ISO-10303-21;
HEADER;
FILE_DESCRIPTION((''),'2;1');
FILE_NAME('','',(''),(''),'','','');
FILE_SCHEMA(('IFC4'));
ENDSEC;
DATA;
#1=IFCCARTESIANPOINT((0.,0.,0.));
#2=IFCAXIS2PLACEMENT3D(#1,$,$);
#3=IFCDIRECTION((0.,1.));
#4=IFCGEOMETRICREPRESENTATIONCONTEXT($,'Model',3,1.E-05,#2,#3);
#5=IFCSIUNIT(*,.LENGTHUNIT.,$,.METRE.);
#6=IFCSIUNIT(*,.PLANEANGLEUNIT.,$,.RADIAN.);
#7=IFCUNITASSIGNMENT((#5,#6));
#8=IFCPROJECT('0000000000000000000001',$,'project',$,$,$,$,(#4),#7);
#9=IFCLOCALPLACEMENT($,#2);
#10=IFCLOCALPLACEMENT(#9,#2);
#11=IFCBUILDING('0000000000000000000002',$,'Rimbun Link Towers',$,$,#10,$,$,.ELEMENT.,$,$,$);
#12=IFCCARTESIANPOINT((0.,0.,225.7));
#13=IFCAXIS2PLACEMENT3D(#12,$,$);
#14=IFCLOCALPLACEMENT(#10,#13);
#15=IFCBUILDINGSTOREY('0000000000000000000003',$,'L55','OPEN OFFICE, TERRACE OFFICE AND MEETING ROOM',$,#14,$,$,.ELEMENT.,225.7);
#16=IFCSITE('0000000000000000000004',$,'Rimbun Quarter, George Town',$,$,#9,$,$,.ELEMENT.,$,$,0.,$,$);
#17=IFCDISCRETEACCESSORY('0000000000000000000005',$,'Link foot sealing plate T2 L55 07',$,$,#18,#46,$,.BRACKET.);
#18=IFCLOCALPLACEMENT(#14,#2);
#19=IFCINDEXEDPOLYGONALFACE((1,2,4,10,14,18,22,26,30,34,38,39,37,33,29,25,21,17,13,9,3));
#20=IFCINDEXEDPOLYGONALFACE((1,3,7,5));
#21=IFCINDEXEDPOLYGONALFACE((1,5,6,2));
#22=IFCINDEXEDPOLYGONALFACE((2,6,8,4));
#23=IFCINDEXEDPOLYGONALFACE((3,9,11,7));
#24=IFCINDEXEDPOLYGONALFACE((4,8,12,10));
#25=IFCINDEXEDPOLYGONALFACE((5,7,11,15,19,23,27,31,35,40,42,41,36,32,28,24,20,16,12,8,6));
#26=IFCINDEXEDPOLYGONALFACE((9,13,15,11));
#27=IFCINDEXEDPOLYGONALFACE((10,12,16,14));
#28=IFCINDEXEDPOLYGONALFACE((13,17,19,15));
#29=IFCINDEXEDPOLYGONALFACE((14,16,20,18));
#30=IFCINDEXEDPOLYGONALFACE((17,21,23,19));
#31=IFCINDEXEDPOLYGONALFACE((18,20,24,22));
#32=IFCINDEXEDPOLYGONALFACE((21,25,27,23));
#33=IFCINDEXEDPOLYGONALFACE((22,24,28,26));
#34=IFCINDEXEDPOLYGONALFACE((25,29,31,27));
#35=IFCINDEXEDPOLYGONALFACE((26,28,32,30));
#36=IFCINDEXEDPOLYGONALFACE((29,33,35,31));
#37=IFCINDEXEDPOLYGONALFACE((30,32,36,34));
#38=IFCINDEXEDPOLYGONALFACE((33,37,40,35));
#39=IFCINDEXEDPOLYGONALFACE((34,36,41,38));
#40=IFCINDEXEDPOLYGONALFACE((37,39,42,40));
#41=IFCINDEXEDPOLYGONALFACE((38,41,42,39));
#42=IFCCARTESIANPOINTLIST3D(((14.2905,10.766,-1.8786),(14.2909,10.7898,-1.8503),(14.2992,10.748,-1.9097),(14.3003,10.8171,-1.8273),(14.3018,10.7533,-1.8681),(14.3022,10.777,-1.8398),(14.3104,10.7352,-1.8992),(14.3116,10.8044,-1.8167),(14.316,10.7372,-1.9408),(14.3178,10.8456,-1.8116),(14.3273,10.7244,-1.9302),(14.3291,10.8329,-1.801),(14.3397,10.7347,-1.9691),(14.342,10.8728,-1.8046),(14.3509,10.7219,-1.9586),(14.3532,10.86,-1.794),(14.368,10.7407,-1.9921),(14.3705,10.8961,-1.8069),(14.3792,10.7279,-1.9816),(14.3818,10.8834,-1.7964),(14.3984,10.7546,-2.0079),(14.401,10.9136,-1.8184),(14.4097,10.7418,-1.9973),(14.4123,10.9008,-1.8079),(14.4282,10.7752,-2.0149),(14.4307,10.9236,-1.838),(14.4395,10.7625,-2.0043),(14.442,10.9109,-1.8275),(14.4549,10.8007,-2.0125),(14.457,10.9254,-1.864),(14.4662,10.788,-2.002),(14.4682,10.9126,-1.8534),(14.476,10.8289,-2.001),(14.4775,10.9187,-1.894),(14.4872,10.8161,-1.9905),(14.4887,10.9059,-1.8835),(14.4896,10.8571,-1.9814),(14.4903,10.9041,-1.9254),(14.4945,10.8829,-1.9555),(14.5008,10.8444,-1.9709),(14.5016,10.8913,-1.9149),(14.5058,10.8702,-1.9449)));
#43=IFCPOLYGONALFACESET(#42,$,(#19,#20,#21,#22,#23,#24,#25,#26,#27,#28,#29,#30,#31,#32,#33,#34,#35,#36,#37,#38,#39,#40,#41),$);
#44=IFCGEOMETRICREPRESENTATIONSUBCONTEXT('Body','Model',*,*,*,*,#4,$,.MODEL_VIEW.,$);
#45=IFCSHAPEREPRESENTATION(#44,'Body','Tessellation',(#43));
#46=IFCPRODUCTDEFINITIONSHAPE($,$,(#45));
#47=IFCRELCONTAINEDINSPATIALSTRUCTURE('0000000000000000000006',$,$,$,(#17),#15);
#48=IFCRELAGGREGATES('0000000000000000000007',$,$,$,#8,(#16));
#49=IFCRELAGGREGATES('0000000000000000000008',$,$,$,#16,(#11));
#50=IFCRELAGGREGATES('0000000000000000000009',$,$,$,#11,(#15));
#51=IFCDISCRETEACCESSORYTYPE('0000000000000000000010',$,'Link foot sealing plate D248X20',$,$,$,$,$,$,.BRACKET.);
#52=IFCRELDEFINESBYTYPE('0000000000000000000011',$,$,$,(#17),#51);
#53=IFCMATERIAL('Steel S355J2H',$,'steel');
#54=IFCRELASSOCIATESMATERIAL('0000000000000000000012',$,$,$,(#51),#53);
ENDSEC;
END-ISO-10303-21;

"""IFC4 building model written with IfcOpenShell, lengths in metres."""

from ifc_helpers import new_model, si_unit, direction, frame, origin, origin_2d, place, context, subcontext, project, spatial, circle, extrude, material, material_profile, profile_set, type_object, element, save


model = new_model("IFC4")

# Units and contexts
model_context = context("Model", 3, precision=1e-05, world=origin(), true_north=direction((0.0, 1.0)))
body_context = subcontext(model_context, "Body", "Model", "MODEL_VIEW")
ifc_project = project(units=[si_unit("LENGTHUNIT", "METRE"), si_unit("PLANEANGLEUNIT", "RADIAN")], contexts=[model_context])

# Site, building, storey
site_placement = place(None, origin())
site = spatial("IfcSite", under=ifc_project, at=site_placement, Name="Rimbun Quarter, George Town", CompositionType="ELEMENT", RefElevation=0.0)
building_placement = place(site_placement, origin())
building = spatial("IfcBuilding", under=site, at=building_placement, Name="Rimbun Link Towers", CompositionType="ELEMENT")
storey_placement = place(building_placement, frame((0.0, 0.0, 225.7)))
storey = spatial("IfcBuildingStorey", under=building, at=storey_placement, Name="L55", Description="OPEN OFFICE, TERRACE OFFICE AND MEETING ROOM", CompositionType="ELEMENT", Elevation=225.7)

# Discrete accessory
ifc_material_1 = material(Name="Steel S355J2H", Category="steel")
ifc_material_profile_1 = material_profile(ifc_material_1, circle(Radius=0.124, at=origin_2d()), Name="PL D248")
ifc_profile_set_1 = profile_set([ifc_material_profile_1], Name="Steel S355J2H")
discrete_accessory_type = type_object("IfcDiscreteAccessoryType", Name="Link foot sealing plate D248X20", PredefinedType="BRACKET", material=ifc_profile_set_1)
discrete_accessory_placement = place(storey_placement, frame((14.4033, 10.8174, -1.8992), z_axis=(-0.563284, 0.636756, -0.526548), x_axis=(-0.748997, -0.662574, 0.0)))
element("IfcDiscreteAccessory", 1, at=discrete_accessory_placement, inside=storey, type_object=discrete_accessory_type, Name="Link foot sealing plate T2 L55 07", PredefinedType="BRACKET", context=body_context, shape_type="SweptSolid", body=[
    extrude(circle(Radius=0.124, at=origin_2d()), origin(), (0.0, 0.0, 1.0), 0.02),
])

save(model, "model.ifc")
